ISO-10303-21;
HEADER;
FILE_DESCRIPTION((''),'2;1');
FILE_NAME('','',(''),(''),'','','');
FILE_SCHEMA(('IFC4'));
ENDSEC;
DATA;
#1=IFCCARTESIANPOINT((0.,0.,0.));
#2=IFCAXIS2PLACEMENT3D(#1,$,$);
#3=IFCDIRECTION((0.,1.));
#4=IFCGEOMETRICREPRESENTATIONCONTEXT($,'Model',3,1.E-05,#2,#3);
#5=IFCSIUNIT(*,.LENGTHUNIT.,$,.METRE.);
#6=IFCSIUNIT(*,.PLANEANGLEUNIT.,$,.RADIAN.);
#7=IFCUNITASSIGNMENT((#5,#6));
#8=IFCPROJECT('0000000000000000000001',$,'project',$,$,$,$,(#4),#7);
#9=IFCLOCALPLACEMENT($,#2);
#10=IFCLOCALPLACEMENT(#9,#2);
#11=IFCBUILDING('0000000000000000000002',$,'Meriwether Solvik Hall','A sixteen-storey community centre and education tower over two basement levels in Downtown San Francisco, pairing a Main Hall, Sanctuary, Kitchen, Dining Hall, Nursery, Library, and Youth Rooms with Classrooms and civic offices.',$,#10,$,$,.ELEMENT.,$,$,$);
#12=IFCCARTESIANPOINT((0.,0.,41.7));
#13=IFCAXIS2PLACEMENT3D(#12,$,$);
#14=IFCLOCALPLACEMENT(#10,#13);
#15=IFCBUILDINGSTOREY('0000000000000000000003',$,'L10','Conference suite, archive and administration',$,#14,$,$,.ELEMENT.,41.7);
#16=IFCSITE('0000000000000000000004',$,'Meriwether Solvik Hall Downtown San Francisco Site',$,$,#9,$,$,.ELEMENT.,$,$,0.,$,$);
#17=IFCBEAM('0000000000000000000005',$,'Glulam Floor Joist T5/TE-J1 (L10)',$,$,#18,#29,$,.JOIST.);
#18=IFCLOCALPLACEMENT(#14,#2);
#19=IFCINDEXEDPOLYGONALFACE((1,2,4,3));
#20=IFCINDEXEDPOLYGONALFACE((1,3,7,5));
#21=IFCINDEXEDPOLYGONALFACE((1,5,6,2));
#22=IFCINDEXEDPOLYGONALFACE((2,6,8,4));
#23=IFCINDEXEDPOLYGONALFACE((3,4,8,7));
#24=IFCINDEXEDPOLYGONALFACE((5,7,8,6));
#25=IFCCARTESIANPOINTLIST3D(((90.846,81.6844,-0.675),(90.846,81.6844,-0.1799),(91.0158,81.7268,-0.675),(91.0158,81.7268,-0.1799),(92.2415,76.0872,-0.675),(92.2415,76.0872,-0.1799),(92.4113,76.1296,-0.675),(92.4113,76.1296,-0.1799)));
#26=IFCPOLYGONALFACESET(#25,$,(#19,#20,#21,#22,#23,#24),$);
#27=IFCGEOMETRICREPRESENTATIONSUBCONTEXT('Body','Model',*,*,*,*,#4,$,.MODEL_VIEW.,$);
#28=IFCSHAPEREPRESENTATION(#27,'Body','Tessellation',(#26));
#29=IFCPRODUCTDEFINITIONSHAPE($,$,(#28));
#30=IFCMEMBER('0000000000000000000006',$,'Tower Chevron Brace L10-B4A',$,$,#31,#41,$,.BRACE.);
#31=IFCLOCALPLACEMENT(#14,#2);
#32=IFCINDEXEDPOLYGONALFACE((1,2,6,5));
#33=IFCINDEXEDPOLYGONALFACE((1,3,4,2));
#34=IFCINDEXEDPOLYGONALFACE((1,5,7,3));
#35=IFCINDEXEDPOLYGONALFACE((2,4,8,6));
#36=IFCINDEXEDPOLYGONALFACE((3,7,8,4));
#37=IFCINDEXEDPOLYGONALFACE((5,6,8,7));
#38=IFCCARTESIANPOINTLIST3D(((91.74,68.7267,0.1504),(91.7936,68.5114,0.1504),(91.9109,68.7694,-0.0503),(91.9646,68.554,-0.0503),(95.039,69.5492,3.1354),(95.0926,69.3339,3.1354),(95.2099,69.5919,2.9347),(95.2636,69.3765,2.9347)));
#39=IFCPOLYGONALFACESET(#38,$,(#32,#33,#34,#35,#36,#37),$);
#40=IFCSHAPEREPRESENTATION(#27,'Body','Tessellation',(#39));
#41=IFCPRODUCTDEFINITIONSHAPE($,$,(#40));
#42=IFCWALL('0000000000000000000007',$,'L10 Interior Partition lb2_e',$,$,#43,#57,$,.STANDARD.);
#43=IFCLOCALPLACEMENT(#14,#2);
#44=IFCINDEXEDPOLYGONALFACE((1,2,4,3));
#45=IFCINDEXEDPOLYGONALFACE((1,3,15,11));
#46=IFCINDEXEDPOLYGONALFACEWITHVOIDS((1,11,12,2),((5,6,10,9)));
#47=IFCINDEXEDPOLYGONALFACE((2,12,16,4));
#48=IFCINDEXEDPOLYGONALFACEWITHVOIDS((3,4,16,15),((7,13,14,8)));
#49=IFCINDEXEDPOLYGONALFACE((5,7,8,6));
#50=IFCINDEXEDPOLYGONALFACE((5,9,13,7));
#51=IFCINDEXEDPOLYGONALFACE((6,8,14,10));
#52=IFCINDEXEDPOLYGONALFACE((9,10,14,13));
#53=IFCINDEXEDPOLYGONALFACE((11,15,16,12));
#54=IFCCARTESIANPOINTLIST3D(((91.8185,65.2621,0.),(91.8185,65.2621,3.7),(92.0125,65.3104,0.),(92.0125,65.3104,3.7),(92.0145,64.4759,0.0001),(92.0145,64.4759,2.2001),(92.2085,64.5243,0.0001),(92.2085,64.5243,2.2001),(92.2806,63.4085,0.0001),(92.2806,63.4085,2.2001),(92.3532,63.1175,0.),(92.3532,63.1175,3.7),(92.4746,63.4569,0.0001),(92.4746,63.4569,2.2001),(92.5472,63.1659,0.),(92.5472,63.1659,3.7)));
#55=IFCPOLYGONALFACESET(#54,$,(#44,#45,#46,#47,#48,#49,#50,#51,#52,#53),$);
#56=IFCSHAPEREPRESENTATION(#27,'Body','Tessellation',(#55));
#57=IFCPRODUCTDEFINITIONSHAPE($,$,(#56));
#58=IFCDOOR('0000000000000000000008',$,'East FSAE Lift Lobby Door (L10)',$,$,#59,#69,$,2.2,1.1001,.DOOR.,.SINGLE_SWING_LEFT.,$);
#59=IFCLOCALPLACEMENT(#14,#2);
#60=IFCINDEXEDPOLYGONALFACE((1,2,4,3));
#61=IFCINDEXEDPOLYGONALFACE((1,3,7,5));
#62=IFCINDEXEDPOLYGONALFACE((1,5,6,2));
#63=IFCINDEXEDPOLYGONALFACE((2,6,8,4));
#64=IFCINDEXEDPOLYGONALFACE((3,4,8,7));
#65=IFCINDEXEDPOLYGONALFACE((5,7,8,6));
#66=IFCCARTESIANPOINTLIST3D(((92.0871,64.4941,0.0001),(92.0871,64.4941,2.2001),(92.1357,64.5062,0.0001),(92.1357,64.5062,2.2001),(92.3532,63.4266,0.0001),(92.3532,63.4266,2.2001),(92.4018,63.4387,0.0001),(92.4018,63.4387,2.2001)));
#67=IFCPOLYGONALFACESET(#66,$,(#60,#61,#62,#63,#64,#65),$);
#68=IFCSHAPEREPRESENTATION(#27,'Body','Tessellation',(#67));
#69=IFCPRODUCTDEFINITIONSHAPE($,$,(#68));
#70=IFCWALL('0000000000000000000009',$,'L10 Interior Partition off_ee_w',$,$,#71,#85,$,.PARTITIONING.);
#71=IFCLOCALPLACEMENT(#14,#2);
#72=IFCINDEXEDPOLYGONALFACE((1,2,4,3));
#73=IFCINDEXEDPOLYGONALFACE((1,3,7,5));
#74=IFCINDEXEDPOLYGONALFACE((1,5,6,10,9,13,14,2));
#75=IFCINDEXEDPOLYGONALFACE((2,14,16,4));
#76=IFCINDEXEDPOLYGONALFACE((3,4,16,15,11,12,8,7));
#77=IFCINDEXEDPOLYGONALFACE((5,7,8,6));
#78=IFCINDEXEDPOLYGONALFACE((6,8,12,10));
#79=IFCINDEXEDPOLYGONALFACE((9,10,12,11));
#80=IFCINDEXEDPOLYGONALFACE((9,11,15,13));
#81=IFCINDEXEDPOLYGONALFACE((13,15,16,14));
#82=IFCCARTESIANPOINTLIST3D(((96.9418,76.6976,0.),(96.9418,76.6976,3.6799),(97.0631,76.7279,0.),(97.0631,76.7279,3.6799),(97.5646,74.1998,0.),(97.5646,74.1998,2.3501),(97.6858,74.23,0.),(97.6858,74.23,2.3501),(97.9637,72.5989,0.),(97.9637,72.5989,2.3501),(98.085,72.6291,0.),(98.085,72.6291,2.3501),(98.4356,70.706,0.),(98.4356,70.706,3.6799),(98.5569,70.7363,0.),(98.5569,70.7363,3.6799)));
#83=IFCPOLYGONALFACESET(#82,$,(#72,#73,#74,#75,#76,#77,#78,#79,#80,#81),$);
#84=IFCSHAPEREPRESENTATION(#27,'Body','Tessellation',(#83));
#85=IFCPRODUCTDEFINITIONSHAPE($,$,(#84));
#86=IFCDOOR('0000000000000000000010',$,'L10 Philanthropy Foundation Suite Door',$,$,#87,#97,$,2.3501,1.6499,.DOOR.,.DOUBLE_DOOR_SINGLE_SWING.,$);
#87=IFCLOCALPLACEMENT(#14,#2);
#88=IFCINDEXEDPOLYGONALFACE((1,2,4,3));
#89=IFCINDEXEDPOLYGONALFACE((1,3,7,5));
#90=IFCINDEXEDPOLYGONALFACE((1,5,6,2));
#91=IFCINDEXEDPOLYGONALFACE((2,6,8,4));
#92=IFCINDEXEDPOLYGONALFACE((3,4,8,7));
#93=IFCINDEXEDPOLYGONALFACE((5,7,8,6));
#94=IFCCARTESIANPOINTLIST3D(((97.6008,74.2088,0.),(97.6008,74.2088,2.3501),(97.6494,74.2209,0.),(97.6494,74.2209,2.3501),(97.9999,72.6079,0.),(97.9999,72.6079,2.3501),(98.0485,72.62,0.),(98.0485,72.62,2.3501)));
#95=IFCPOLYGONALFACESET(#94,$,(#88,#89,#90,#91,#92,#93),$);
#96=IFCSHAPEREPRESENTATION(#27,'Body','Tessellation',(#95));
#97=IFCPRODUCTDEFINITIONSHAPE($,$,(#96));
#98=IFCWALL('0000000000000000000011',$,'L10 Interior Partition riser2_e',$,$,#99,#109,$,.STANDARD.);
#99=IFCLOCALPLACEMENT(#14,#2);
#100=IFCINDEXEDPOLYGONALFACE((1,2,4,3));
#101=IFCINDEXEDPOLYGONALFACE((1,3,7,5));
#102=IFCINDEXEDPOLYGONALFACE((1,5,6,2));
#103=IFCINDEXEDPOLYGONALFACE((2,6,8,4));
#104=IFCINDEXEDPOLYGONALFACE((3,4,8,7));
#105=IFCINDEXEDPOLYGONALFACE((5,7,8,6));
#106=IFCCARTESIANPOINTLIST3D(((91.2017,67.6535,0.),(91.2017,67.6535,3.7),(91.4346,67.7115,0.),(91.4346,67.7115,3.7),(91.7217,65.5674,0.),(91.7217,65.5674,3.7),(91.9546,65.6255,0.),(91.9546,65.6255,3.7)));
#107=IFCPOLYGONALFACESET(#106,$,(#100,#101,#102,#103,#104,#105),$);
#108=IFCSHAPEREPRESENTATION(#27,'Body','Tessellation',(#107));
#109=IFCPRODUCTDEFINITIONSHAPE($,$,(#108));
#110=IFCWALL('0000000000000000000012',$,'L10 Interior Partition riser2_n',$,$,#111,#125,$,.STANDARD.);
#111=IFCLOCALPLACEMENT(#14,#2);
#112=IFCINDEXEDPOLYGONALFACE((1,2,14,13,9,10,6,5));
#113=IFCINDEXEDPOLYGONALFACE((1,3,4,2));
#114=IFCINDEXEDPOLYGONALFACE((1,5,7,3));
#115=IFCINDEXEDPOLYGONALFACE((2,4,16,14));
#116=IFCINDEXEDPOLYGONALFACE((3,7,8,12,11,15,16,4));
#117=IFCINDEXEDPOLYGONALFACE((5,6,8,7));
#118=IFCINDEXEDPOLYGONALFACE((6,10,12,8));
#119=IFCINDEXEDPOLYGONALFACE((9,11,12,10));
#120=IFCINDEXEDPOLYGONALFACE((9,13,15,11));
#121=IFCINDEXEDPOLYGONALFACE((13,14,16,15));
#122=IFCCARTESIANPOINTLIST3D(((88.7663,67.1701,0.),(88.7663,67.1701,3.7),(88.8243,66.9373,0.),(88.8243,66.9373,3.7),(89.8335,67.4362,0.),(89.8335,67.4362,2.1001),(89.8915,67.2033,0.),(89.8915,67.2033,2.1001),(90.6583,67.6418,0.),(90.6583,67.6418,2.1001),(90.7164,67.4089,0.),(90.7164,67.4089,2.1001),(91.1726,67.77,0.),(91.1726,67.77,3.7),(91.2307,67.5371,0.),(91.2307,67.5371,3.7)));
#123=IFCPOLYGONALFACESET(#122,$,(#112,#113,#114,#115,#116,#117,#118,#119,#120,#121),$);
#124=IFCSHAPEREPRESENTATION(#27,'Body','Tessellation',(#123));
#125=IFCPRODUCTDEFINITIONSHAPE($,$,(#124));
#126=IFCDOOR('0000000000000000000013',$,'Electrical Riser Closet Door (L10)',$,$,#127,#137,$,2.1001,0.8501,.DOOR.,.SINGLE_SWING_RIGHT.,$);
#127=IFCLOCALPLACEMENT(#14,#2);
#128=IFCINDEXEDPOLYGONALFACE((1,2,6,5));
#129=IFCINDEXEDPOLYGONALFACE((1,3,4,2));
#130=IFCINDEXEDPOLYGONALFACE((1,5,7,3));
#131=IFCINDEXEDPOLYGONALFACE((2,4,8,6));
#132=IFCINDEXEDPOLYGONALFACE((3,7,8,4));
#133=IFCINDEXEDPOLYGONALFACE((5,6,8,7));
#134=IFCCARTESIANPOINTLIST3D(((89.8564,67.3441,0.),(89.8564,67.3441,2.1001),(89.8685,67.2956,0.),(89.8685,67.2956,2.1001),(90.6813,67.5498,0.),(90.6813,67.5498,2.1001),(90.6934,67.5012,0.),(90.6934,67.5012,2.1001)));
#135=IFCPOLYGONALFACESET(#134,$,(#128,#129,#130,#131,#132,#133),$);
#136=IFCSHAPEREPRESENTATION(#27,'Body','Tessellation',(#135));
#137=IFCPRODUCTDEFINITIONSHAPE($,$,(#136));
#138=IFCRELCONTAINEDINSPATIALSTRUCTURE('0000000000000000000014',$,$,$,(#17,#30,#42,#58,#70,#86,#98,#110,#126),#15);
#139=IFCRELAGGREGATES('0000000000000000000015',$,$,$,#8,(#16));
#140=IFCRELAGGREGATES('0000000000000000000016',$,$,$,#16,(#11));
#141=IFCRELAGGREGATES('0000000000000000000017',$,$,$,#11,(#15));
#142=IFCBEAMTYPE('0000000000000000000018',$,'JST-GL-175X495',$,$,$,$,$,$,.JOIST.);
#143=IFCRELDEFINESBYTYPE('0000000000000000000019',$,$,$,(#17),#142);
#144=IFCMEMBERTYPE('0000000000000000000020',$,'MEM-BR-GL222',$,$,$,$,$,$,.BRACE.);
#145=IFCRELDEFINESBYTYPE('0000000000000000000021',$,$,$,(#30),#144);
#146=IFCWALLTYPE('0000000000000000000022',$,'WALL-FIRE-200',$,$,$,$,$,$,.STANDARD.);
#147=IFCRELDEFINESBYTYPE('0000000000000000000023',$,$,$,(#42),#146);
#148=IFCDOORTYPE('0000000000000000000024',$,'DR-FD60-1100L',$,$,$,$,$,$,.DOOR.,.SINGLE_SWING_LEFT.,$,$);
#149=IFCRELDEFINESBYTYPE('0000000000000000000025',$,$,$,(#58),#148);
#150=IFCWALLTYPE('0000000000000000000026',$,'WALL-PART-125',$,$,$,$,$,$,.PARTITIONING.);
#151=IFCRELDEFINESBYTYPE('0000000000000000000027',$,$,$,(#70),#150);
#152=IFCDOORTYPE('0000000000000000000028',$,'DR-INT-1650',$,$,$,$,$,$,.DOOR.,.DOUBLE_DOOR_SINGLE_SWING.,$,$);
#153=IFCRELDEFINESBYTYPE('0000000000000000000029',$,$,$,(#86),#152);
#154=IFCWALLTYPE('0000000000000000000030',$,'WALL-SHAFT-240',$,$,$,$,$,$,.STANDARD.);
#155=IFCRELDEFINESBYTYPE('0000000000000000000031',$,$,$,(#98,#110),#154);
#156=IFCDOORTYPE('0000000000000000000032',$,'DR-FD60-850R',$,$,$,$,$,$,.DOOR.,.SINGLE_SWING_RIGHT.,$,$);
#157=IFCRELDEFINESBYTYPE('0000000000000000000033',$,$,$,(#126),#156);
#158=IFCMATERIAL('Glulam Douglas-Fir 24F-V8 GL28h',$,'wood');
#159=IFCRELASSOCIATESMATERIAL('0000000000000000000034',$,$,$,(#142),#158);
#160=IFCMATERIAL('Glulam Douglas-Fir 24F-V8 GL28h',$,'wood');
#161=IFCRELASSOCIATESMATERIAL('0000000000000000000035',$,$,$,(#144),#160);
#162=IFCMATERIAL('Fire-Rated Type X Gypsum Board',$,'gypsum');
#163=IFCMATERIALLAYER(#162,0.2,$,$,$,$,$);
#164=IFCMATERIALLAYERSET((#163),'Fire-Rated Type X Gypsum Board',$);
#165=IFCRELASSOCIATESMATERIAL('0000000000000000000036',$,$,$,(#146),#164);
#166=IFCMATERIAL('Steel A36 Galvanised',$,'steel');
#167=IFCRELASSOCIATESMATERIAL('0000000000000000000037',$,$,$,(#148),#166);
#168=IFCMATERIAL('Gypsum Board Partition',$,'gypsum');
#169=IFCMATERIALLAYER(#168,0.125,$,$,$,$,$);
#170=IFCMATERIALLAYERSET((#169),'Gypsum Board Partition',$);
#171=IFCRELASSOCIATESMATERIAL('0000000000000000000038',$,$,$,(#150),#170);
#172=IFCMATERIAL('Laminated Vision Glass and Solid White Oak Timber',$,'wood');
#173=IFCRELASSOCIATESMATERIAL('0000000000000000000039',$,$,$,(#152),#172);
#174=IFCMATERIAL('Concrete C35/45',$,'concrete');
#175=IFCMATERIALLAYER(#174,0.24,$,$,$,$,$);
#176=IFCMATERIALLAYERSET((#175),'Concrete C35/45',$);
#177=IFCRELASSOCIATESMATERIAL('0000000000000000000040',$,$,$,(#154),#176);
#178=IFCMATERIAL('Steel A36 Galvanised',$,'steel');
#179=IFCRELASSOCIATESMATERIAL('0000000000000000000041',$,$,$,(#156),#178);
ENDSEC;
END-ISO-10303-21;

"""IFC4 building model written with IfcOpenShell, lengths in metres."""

from ifc_helpers import new_model, si_unit, direction, frame, frame_2d, origin, origin_2d, place, context, subcontext, project, spatial, rectangle, extrude, material, layer, layer_set, material_profile, profile_set, type_object, element, fill, save


model = new_model("IFC4")

# Units and contexts
model_context = context("Model", 3, precision=1e-05, world=origin(), true_north=direction((0.0, 1.0)))
body_context = subcontext(model_context, "Body", "Model", "MODEL_VIEW")
ifc_project = project(units=[si_unit("LENGTHUNIT", "METRE"), si_unit("PLANEANGLEUNIT", "RADIAN")], contexts=[model_context])

# Site, building, storey
site_placement = place(None, origin())
site = spatial("IfcSite", under=ifc_project, at=site_placement, Name="Meriwether Solvik Hall Downtown San Francisco Site", CompositionType="ELEMENT", RefElevation=0.0)
building_placement = place(site_placement, origin())
building = spatial("IfcBuilding", under=site, at=building_placement, Name="Meriwether Solvik Hall", Description="A sixteen-storey community centre and education tower over two basement levels in Downtown San Francisco, pairing a Main Hall, Sanctuary, Kitchen, Dining Hall, Nursery, Library, and Youth Rooms with Classrooms and civic offices.", CompositionType="ELEMENT")
storey_placement = place(building_placement, frame((0.0, 0.0, 41.7)))
storey = spatial("IfcBuildingStorey", under=building, at=storey_placement, Name="L10", Description="Conference suite, archive and administration", CompositionType="ELEMENT", Elevation=41.7)

# Beam
ifc_material_1 = material(Name="Glulam Douglas-Fir 24F-V8 GL28h", Category="wood")
ifc_material_profile_1 = material_profile(ifc_material_1, rectangle(XDim=0.175, YDim=0.4951, at=origin_2d()), Name="GLJ-175X495")
ifc_profile_set_1 = profile_set([ifc_material_profile_1], Name="Glulam Douglas-Fir 24F-V8 GL28h")
beam_type_1 = type_object("IfcBeamType", Name="JST-GL-175X495", PredefinedType="JOIST", material=ifc_profile_set_1)
beam_1_placement = place(storey_placement, frame((92.3264, 76.1084, -0.4275), z_axis=(-0.241918, 0.970297, 0.0), x_axis=(-0.970297, -0.241918, 0.0)))
element("IfcBeam", 1, at=beam_1_placement, inside=storey, type_object=beam_type_1, Name="Glulam Floor Joist T5/TE-J1 (L10)", PredefinedType="JOIST", context=body_context, shape_type="SweptSolid", body=[
    extrude(rectangle(XDim=0.175, YDim=0.4951, at=origin_2d()), origin(), (0.0, 0.0, 1.0), 5.7686),
])

# Member
ifc_material_2 = material(Name="Glulam Douglas-Fir 24F-V8 GL28h", Category="wood")
ifc_material_profile_2 = material_profile(ifc_material_2, rectangle(XDim=0.2219, YDim=0.2671, at=origin_2d()), Name="GLM-222X267")
ifc_profile_set_2 = profile_set([ifc_material_profile_2], Name="Glulam Douglas-Fir 24F-V8 GL28h")
member_type_1 = type_object("IfcMemberType", Name="MEM-BR-GL222", PredefinedType="BRACE", material=ifc_profile_set_2)
member_1_placement = place(storey_placement, frame((91.8523, 68.6404, 0.05), z_axis=(0.729154, 0.181789, 0.659762), x_axis=(-0.24191, 0.970299, 0.0)))
element("IfcMember", 2, at=member_1_placement, inside=storey, type_object=member_type_1, Name="Tower Chevron Brace L10-B4A", PredefinedType="BRACE", context=body_context, shape_type="SweptSolid", body=[
    extrude(rectangle(XDim=0.2219, YDim=0.2671, at=origin_2d()), origin(), (0.0, 0.0, 1.0), 4.5244),
])

# Walls, openings, doors
ifc_material_3 = material(Name="Fire-Rated Type X Gypsum Board", Category="gypsum")
ifc_layer_1 = layer(ifc_material_3, 0.2)
ifc_layer_set_1 = layer_set([ifc_layer_1], Name="Fire-Rated Type X Gypsum Board")
wall_type_1 = type_object("IfcWallType", Name="WALL-FIRE-200", PredefinedType="STANDARD", material=ifc_layer_set_1)
wall_1_placement = place(storey_placement, frame((91.9155, 65.2861, 0.0), z_axis=(0.0, 0.0, 1.0), x_axis=(0.241912, -0.970298, 0.0)))
wall_1 = element("IfcWall", 3, at=wall_1_placement, inside=storey, type_object=wall_type_1, Name="L10 Interior Partition lb2_e", PredefinedType="STANDARD", context=body_context, shape_type="SweptSolid", body=[
    extrude(rectangle(XDim=2.2102, YDim=0.2, at=frame_2d((1.105, 0.0))), origin(), (0.0, 0.0, 1.0), 3.7),
])
opening_1_placement = place(wall_1_placement, frame((0.8101, 0.0, 0.0)))
opening_1 = element("IfcOpeningElement", 4, at=opening_1_placement, cuts=wall_1, PredefinedType="OPENING", context=body_context, shape_type="SweptSolid", body=[
    extrude(rectangle(XDim=1.1001, YDim=2.2, at=frame_2d((0.55, 1.1001))), frame((0.0, 0.1118, 0.0), z_axis=(0.0, -1.0, 0.0), x_axis=(1.0, 0.0, 0.0)), (0.0, 0.0, 1.0), 0.2239),
])
ifc_material_4 = material(Name="Steel A36 Galvanised", Category="steel")
door_type_1 = type_object("IfcDoorType", Name="DR-FD60-1100L", OperationType="SINGLE_SWING_LEFT", PredefinedType="DOOR", material=ifc_material_4)
door_1_placement = place(opening_1_placement, origin())
door_1 = element("IfcDoor", 5, at=door_1_placement, inside=storey, type_object=door_type_1, Name="East FSAE Lift Lobby Door (L10)", OperationType="SINGLE_SWING_LEFT", OverallHeight=2.2, OverallWidth=1.1001, PredefinedType="DOOR", context=body_context, shape_type="SweptSolid", body=[
    extrude(rectangle(XDim=1.1001, YDim=2.2, at=frame_2d((0.55, 1.1001))), frame((0.0, 0.0249, 0.0), z_axis=(0.0, -1.0, 0.0), x_axis=(1.0, 0.0, 0.0)), (0.0, 0.0, 1.0), 0.05),
])
fill(opening_1, door_1)
ifc_material_5 = material(Name="Gypsum Board Partition", Category="gypsum")
ifc_layer_2 = layer(ifc_material_5, 0.125)
ifc_layer_set_2 = layer_set([ifc_layer_2], Name="Gypsum Board Partition")
wall_type_2 = type_object("IfcWallType", Name="WALL-PART-125", PredefinedType="PARTITIONING", material=ifc_layer_set_2)
wall_2_placement = place(storey_placement, frame((97.0024, 76.7126, 0.0), z_axis=(0.0, 0.0, 1.0), x_axis=(0.241922, -0.970296, 0.0)))
wall_2 = element("IfcWall", 6, at=wall_2_placement, inside=storey, type_object=wall_type_2, Name="L10 Interior Partition off_ee_w", PredefinedType="PARTITIONING", context=body_context, shape_type="SweptSolid", body=[
    extrude(rectangle(XDim=6.175, YDim=0.125, at=frame_2d((3.0874, 0.0))), origin(), (0.0, 0.0, 1.0), 3.6799),
])
opening_2_placement = place(wall_2_placement, frame((2.5742, 0.0, 0.0)))
opening_2 = element("IfcOpeningElement", 7, at=opening_2_placement, cuts=wall_2, PredefinedType="OPENING", context=body_context, shape_type="SweptSolid", body=[
    extrude(rectangle(XDim=1.6499, YDim=2.3501, at=frame_2d((0.825, 1.175))), frame((0.0, 0.0745, 0.0), z_axis=(0.0, -1.0, 0.0), x_axis=(1.0, 0.0, 0.0)), (0.0, 0.0, 1.0), 0.1489),
])
ifc_material_6 = material(Name="Laminated Vision Glass and Solid White Oak Timber", Category="wood")
door_type_2 = type_object("IfcDoorType", Name="DR-INT-1650", OperationType="DOUBLE_DOOR_SINGLE_SWING", PredefinedType="DOOR", material=ifc_material_6)
door_2_placement = place(opening_2_placement, origin())
door_2 = element("IfcDoor", 8, at=door_2_placement, inside=storey, type_object=door_type_2, Name="L10 Philanthropy Foundation Suite Door", OperationType="DOUBLE_DOOR_SINGLE_SWING", OverallHeight=2.3501, OverallWidth=1.6499, PredefinedType="DOOR", context=body_context, shape_type="SweptSolid", body=[
    extrude(rectangle(XDim=1.6499, YDim=2.3501, at=frame_2d((0.825, 1.175))), frame((0.0, 0.0249, 0.0), z_axis=(0.0, -1.0, 0.0), x_axis=(1.0, 0.0, 0.0)), (0.0, 0.0, 1.0), 0.05),
])
fill(opening_2, door_2)

# Wall
ifc_material_7 = material(Name="Concrete C35/45", Category="concrete")
ifc_layer_3 = layer(ifc_material_7, 0.24)
ifc_layer_set_3 = layer_set([ifc_layer_3], Name="Concrete C35/45")
wall_type_3 = type_object("IfcWallType", Name="WALL-SHAFT-240", PredefinedType="STANDARD", material=ifc_layer_set_3)
wall_3_placement = place(storey_placement, frame((91.8381, 65.5964, 0.0), z_axis=(0.0, 0.0, 1.0), x_axis=(-0.241868, 0.970309, 0.0)))
element("IfcWall", 9, at=wall_3_placement, inside=storey, type_object=wall_type_3, Name="L10 Interior Partition riser2_e", PredefinedType="STANDARD", context=body_context, shape_type="SweptSolid", body=[
    extrude(rectangle(XDim=2.1499, YDim=0.24, at=frame_2d((1.075, 0.0))), origin(), (0.0, 0.0, 1.0), 3.7),
])

# Wall, opening, door
wall_4_placement = place(storey_placement, frame((91.2017, 67.6536, 0.0), z_axis=(0.0, 0.0, 1.0), x_axis=(-0.970304, -0.241887, 0.0)))
wall_4 = element("IfcWall", 10, at=wall_4_placement, inside=storey, type_object=wall_type_3, Name="L10 Interior Partition riser2_n", PredefinedType="STANDARD", context=body_context, shape_type="SweptSolid", body=[
    extrude(rectangle(XDim=2.48, YDim=0.24, at=frame_2d((1.24, 0.0))), origin(), (0.0, 0.0, 1.0), 3.7),
])
opening_3_placement = place(wall_4_placement, frame((0.53, 0.0, 0.0)))
opening_3 = element("IfcOpeningElement", 11, at=opening_3_placement, cuts=wall_4, PredefinedType="OPENING", context=body_context, shape_type="SweptSolid", body=[
    extrude(rectangle(XDim=0.8501, YDim=2.1001, at=frame_2d((0.425, 1.05))), frame((0.0, 0.1318, 0.0), z_axis=(0.0, -1.0, 0.0), x_axis=(1.0, 0.0, 0.0)), (0.0, 0.0, 1.0), 0.2639),
])
ifc_material_8 = material(Name="Steel A36 Galvanised", Category="steel")
door_type_3 = type_object("IfcDoorType", Name="DR-FD60-850R", OperationType="SINGLE_SWING_RIGHT", PredefinedType="DOOR", material=ifc_material_8)
door_3_placement = place(opening_3_placement, origin())
door_3 = element("IfcDoor", 12, at=door_3_placement, inside=storey, type_object=door_type_3, Name="Electrical Riser Closet Door (L10)", OperationType="SINGLE_SWING_RIGHT", OverallHeight=2.1001, OverallWidth=0.8501, PredefinedType="DOOR", context=body_context, shape_type="SweptSolid", body=[
    extrude(rectangle(XDim=0.8501, YDim=2.1001, at=frame_2d((0.425, 1.05))), frame((0.0, 0.0249, 0.0), z_axis=(0.0, -1.0, 0.0), x_axis=(1.0, 0.0, 0.0)), (0.0, 0.0, 1.0), 0.05),
])
fill(opening_3, door_3)

save(model, "model.ifc")
